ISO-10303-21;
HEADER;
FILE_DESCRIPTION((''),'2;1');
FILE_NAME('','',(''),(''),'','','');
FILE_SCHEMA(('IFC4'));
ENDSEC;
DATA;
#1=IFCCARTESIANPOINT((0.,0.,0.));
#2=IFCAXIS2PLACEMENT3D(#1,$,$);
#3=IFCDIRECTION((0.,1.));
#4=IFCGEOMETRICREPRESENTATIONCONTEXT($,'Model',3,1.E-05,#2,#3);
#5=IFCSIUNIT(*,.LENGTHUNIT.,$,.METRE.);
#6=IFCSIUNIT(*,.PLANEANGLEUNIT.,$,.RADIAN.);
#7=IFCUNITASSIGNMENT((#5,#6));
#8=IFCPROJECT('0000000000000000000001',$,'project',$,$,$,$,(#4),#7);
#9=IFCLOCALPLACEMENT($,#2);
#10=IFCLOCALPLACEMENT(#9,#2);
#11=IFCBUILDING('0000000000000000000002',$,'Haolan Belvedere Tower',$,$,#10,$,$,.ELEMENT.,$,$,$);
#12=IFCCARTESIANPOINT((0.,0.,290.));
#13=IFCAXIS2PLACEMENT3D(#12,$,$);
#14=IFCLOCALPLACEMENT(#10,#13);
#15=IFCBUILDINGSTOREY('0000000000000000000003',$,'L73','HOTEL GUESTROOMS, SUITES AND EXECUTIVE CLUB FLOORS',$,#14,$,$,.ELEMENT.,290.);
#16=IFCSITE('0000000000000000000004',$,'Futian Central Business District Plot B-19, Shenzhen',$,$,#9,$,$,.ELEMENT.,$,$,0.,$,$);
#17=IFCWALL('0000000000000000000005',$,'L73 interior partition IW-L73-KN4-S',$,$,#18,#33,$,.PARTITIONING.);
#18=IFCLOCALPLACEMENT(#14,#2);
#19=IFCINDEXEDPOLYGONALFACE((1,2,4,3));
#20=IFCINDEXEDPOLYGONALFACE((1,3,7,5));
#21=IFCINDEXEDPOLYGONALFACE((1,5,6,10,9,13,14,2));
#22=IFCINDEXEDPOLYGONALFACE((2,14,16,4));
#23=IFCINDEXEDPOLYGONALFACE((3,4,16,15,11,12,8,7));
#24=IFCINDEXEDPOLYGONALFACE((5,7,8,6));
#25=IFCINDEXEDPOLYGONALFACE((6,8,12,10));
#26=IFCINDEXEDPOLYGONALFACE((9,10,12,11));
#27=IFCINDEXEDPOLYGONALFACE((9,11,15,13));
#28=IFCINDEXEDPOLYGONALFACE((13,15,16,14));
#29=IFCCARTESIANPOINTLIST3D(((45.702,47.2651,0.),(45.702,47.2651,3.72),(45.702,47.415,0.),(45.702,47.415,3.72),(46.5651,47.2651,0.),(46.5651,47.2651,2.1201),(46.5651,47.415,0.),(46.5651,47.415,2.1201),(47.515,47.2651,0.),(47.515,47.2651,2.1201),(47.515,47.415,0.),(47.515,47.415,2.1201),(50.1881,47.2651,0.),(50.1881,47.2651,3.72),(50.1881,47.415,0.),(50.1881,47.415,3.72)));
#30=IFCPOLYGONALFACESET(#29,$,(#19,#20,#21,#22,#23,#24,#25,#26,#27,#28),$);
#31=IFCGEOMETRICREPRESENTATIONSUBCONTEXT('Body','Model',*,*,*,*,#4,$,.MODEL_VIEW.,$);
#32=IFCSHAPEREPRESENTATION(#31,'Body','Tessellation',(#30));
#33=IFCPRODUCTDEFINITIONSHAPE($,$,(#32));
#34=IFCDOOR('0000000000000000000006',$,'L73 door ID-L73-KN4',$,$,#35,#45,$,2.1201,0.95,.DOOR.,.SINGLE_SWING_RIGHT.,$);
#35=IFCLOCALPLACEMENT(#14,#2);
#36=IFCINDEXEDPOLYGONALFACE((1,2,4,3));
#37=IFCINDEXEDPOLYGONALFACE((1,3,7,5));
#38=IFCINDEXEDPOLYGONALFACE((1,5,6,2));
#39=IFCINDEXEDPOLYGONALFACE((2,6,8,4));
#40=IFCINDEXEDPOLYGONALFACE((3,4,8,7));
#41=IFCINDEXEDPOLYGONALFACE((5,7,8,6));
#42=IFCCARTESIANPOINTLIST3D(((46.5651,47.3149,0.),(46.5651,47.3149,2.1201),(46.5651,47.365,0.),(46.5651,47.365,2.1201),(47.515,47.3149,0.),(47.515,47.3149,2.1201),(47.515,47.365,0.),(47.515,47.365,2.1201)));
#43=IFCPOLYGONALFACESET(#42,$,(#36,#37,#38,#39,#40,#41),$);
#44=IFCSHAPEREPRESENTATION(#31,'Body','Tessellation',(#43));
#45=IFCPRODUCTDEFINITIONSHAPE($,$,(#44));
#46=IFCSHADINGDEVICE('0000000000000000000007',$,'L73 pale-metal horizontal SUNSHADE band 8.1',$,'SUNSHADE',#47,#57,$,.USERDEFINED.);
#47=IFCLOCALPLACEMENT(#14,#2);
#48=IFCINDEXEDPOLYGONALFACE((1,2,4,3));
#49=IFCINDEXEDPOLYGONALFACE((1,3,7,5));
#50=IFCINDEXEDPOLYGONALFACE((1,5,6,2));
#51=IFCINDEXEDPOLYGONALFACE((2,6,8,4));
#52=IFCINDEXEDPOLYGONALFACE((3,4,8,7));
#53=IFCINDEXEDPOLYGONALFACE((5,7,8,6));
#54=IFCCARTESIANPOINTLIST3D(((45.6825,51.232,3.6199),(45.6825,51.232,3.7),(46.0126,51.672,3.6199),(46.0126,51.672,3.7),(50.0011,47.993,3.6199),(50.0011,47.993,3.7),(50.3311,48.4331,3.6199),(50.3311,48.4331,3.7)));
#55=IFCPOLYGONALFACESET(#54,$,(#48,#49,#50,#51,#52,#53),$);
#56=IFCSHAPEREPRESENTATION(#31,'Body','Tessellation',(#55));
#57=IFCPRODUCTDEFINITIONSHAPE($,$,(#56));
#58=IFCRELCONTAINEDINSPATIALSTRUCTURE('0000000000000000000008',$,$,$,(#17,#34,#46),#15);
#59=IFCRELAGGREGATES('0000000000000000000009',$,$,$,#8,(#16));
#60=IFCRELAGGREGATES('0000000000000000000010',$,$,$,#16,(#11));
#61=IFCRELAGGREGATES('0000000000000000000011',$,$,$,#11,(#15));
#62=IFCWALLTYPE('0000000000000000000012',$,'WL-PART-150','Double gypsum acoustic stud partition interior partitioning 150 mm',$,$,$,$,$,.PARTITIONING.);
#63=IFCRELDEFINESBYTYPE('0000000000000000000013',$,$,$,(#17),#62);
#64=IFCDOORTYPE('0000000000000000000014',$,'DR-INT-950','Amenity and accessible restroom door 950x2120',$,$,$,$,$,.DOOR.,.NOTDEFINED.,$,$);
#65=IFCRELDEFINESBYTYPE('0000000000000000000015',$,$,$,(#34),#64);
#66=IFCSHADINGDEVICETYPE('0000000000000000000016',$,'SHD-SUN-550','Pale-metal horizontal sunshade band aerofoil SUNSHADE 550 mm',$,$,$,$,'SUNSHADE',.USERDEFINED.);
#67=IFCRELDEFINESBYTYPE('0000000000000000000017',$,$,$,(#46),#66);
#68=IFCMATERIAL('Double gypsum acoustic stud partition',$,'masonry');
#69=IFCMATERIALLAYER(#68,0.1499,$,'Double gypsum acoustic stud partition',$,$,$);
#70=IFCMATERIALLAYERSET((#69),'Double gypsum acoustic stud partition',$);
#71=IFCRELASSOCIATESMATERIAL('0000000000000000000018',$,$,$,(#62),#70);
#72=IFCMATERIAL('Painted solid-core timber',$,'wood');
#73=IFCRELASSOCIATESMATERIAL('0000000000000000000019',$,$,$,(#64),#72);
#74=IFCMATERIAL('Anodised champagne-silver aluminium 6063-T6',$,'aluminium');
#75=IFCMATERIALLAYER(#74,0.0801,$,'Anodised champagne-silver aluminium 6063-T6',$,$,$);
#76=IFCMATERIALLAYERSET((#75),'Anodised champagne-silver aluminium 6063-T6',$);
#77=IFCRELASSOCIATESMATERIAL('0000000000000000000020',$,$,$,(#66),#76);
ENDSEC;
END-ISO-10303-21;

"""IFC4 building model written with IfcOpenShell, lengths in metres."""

from ifc_helpers import new_model, si_unit, direction, frame, frame_2d, origin, origin_2d, place, context, subcontext, project, spatial, rectangle, extrude, material, layer, layer_set, type_object, element, fill, save


model = new_model("IFC4")

# Units and contexts
model_context = context("Model", 3, precision=1e-05, world=origin(), true_north=direction((0.0, 1.0)))
body_context = subcontext(model_context, "Body", "Model", "MODEL_VIEW")
ifc_project = project(units=[si_unit("LENGTHUNIT", "METRE"), si_unit("PLANEANGLEUNIT", "RADIAN")], contexts=[model_context])

# Site, building, storey
site_placement = place(None, origin())
site = spatial("IfcSite", under=ifc_project, at=site_placement, Name="Futian Central Business District Plot B-19, Shenzhen", CompositionType="ELEMENT", RefElevation=0.0)
building_placement = place(site_placement, origin())
building = spatial("IfcBuilding", under=site, at=building_placement, Name="Haolan Belvedere Tower", CompositionType="ELEMENT")
storey_placement = place(building_placement, frame((0.0, 0.0, 290.0)))
storey = spatial("IfcBuildingStorey", under=building, at=storey_placement, Name="L73", Description="HOTEL GUESTROOMS, SUITES AND EXECUTIVE CLUB FLOORS", CompositionType="ELEMENT", Elevation=290.0)

# Shared definitions
ifc_material_1 = material(Name="Double gypsum acoustic stud partition", Category="masonry")
ifc_layer_1 = layer(ifc_material_1, 0.1499, Name="Double gypsum acoustic stud partition")
ifc_layer_set_1 = layer_set([ifc_layer_1], Name="Double gypsum acoustic stud partition")
wall_type_1 = type_object("IfcWallType", Name="WL-PART-150", Description="Double gypsum acoustic stud partition interior partitioning 150 mm", PredefinedType="PARTITIONING", material=ifc_layer_set_1)

# Shared definitions
ifc_material_2 = material(Name="Painted solid-core timber", Category="wood")
door_type = type_object("IfcDoorType", Name="DR-INT-950", Description="Amenity and accessible restroom door 950x2120", OperationType="NOTDEFINED", PredefinedType="DOOR", material=ifc_material_2)

# Wall, opening, door
wall_1_placement = place(storey_placement, frame((45.7019, 47.3401, 0.0), z_axis=(0.0, 0.0, 1.0), x_axis=(1.0, 0.0, 0.0)))
wall_1 = element("IfcWall", 1, at=wall_1_placement, inside=storey, type_object=wall_type_1, Name="L73 interior partition IW-L73-KN4-S", PredefinedType="PARTITIONING", context=body_context, shape_type="SweptSolid", body=[
    extrude(rectangle(XDim=4.4861, YDim=0.1499, at=frame_2d((2.2432, 0.0))), origin(), (0.0, 0.0, 1.0), 3.72),
])
opening_1_placement = place(wall_1_placement, frame((0.863, 0.0, 0.0)))
opening_1 = element("IfcOpeningElement", 2, at=opening_1_placement, cuts=wall_1, PredefinedType="OPENING", context=body_context, shape_type="SweptSolid", body=[
    extrude(rectangle(XDim=0.95, YDim=2.1201, at=frame_2d((0.4751, 1.0601))), frame((0.0, 0.085, 0.0), z_axis=(0.0, -1.0, 0.0), x_axis=(1.0, 0.0, 0.0)), (0.0, 0.0, 1.0), 0.1699),
])
door_1_placement = place(opening_1_placement, origin())
door_1 = element("IfcDoor", 3, at=door_1_placement, inside=storey, type_object=door_type, Name="L73 door ID-L73-KN4", OperationType="SINGLE_SWING_RIGHT", OverallHeight=2.1201, OverallWidth=0.95, PredefinedType="DOOR", context=body_context, shape_type="SweptSolid", body=[
    extrude(rectangle(XDim=0.95, YDim=2.1201, at=frame_2d((0.4751, 1.0601))), frame((0.0, 0.0249, 0.0), z_axis=(0.0, -1.0, 0.0), x_axis=(1.0, 0.0, 0.0)), (0.0, 0.0, 1.0), 0.05),
])
fill(opening_1, door_1)

# Shading device
ifc_material_3 = material(Name="Anodised champagne-silver aluminium 6063-T6", Category="aluminium")
ifc_layer_2 = layer(ifc_material_3, 0.0801, Name="Anodised champagne-silver aluminium 6063-T6")
ifc_layer_set_2 = layer_set([ifc_layer_2], Name="Anodised champagne-silver aluminium 6063-T6")
shading_device_type = type_object("IfcShadingDeviceType", Name="SHD-SUN-550", Description="Pale-metal horizontal sunshade band aerofoil SUNSHADE 550 mm", ElementType="SUNSHADE", PredefinedType="USERDEFINED", material=ifc_layer_set_2)
shading_device_placement = place(storey_placement, frame((48.0068, 49.8325, 3.6199), z_axis=(0.0, 0.0, 1.0), x_axis=(-0.799999, 0.600001, 0.0)))
element("IfcShadingDevice", 4, at=shading_device_placement, inside=storey, type_object=shading_device_type, Name="L73 pale-metal horizontal SUNSHADE band 8.1", ObjectType="SUNSHADE", PredefinedType="USERDEFINED", context=body_context, shape_type="SweptSolid", body=[
    extrude(rectangle(XDim=5.3982, YDim=0.55, at=origin_2d()), origin(), (0.0, 0.0, 1.0), 0.0801),
])

save(model, "model.ifc")
